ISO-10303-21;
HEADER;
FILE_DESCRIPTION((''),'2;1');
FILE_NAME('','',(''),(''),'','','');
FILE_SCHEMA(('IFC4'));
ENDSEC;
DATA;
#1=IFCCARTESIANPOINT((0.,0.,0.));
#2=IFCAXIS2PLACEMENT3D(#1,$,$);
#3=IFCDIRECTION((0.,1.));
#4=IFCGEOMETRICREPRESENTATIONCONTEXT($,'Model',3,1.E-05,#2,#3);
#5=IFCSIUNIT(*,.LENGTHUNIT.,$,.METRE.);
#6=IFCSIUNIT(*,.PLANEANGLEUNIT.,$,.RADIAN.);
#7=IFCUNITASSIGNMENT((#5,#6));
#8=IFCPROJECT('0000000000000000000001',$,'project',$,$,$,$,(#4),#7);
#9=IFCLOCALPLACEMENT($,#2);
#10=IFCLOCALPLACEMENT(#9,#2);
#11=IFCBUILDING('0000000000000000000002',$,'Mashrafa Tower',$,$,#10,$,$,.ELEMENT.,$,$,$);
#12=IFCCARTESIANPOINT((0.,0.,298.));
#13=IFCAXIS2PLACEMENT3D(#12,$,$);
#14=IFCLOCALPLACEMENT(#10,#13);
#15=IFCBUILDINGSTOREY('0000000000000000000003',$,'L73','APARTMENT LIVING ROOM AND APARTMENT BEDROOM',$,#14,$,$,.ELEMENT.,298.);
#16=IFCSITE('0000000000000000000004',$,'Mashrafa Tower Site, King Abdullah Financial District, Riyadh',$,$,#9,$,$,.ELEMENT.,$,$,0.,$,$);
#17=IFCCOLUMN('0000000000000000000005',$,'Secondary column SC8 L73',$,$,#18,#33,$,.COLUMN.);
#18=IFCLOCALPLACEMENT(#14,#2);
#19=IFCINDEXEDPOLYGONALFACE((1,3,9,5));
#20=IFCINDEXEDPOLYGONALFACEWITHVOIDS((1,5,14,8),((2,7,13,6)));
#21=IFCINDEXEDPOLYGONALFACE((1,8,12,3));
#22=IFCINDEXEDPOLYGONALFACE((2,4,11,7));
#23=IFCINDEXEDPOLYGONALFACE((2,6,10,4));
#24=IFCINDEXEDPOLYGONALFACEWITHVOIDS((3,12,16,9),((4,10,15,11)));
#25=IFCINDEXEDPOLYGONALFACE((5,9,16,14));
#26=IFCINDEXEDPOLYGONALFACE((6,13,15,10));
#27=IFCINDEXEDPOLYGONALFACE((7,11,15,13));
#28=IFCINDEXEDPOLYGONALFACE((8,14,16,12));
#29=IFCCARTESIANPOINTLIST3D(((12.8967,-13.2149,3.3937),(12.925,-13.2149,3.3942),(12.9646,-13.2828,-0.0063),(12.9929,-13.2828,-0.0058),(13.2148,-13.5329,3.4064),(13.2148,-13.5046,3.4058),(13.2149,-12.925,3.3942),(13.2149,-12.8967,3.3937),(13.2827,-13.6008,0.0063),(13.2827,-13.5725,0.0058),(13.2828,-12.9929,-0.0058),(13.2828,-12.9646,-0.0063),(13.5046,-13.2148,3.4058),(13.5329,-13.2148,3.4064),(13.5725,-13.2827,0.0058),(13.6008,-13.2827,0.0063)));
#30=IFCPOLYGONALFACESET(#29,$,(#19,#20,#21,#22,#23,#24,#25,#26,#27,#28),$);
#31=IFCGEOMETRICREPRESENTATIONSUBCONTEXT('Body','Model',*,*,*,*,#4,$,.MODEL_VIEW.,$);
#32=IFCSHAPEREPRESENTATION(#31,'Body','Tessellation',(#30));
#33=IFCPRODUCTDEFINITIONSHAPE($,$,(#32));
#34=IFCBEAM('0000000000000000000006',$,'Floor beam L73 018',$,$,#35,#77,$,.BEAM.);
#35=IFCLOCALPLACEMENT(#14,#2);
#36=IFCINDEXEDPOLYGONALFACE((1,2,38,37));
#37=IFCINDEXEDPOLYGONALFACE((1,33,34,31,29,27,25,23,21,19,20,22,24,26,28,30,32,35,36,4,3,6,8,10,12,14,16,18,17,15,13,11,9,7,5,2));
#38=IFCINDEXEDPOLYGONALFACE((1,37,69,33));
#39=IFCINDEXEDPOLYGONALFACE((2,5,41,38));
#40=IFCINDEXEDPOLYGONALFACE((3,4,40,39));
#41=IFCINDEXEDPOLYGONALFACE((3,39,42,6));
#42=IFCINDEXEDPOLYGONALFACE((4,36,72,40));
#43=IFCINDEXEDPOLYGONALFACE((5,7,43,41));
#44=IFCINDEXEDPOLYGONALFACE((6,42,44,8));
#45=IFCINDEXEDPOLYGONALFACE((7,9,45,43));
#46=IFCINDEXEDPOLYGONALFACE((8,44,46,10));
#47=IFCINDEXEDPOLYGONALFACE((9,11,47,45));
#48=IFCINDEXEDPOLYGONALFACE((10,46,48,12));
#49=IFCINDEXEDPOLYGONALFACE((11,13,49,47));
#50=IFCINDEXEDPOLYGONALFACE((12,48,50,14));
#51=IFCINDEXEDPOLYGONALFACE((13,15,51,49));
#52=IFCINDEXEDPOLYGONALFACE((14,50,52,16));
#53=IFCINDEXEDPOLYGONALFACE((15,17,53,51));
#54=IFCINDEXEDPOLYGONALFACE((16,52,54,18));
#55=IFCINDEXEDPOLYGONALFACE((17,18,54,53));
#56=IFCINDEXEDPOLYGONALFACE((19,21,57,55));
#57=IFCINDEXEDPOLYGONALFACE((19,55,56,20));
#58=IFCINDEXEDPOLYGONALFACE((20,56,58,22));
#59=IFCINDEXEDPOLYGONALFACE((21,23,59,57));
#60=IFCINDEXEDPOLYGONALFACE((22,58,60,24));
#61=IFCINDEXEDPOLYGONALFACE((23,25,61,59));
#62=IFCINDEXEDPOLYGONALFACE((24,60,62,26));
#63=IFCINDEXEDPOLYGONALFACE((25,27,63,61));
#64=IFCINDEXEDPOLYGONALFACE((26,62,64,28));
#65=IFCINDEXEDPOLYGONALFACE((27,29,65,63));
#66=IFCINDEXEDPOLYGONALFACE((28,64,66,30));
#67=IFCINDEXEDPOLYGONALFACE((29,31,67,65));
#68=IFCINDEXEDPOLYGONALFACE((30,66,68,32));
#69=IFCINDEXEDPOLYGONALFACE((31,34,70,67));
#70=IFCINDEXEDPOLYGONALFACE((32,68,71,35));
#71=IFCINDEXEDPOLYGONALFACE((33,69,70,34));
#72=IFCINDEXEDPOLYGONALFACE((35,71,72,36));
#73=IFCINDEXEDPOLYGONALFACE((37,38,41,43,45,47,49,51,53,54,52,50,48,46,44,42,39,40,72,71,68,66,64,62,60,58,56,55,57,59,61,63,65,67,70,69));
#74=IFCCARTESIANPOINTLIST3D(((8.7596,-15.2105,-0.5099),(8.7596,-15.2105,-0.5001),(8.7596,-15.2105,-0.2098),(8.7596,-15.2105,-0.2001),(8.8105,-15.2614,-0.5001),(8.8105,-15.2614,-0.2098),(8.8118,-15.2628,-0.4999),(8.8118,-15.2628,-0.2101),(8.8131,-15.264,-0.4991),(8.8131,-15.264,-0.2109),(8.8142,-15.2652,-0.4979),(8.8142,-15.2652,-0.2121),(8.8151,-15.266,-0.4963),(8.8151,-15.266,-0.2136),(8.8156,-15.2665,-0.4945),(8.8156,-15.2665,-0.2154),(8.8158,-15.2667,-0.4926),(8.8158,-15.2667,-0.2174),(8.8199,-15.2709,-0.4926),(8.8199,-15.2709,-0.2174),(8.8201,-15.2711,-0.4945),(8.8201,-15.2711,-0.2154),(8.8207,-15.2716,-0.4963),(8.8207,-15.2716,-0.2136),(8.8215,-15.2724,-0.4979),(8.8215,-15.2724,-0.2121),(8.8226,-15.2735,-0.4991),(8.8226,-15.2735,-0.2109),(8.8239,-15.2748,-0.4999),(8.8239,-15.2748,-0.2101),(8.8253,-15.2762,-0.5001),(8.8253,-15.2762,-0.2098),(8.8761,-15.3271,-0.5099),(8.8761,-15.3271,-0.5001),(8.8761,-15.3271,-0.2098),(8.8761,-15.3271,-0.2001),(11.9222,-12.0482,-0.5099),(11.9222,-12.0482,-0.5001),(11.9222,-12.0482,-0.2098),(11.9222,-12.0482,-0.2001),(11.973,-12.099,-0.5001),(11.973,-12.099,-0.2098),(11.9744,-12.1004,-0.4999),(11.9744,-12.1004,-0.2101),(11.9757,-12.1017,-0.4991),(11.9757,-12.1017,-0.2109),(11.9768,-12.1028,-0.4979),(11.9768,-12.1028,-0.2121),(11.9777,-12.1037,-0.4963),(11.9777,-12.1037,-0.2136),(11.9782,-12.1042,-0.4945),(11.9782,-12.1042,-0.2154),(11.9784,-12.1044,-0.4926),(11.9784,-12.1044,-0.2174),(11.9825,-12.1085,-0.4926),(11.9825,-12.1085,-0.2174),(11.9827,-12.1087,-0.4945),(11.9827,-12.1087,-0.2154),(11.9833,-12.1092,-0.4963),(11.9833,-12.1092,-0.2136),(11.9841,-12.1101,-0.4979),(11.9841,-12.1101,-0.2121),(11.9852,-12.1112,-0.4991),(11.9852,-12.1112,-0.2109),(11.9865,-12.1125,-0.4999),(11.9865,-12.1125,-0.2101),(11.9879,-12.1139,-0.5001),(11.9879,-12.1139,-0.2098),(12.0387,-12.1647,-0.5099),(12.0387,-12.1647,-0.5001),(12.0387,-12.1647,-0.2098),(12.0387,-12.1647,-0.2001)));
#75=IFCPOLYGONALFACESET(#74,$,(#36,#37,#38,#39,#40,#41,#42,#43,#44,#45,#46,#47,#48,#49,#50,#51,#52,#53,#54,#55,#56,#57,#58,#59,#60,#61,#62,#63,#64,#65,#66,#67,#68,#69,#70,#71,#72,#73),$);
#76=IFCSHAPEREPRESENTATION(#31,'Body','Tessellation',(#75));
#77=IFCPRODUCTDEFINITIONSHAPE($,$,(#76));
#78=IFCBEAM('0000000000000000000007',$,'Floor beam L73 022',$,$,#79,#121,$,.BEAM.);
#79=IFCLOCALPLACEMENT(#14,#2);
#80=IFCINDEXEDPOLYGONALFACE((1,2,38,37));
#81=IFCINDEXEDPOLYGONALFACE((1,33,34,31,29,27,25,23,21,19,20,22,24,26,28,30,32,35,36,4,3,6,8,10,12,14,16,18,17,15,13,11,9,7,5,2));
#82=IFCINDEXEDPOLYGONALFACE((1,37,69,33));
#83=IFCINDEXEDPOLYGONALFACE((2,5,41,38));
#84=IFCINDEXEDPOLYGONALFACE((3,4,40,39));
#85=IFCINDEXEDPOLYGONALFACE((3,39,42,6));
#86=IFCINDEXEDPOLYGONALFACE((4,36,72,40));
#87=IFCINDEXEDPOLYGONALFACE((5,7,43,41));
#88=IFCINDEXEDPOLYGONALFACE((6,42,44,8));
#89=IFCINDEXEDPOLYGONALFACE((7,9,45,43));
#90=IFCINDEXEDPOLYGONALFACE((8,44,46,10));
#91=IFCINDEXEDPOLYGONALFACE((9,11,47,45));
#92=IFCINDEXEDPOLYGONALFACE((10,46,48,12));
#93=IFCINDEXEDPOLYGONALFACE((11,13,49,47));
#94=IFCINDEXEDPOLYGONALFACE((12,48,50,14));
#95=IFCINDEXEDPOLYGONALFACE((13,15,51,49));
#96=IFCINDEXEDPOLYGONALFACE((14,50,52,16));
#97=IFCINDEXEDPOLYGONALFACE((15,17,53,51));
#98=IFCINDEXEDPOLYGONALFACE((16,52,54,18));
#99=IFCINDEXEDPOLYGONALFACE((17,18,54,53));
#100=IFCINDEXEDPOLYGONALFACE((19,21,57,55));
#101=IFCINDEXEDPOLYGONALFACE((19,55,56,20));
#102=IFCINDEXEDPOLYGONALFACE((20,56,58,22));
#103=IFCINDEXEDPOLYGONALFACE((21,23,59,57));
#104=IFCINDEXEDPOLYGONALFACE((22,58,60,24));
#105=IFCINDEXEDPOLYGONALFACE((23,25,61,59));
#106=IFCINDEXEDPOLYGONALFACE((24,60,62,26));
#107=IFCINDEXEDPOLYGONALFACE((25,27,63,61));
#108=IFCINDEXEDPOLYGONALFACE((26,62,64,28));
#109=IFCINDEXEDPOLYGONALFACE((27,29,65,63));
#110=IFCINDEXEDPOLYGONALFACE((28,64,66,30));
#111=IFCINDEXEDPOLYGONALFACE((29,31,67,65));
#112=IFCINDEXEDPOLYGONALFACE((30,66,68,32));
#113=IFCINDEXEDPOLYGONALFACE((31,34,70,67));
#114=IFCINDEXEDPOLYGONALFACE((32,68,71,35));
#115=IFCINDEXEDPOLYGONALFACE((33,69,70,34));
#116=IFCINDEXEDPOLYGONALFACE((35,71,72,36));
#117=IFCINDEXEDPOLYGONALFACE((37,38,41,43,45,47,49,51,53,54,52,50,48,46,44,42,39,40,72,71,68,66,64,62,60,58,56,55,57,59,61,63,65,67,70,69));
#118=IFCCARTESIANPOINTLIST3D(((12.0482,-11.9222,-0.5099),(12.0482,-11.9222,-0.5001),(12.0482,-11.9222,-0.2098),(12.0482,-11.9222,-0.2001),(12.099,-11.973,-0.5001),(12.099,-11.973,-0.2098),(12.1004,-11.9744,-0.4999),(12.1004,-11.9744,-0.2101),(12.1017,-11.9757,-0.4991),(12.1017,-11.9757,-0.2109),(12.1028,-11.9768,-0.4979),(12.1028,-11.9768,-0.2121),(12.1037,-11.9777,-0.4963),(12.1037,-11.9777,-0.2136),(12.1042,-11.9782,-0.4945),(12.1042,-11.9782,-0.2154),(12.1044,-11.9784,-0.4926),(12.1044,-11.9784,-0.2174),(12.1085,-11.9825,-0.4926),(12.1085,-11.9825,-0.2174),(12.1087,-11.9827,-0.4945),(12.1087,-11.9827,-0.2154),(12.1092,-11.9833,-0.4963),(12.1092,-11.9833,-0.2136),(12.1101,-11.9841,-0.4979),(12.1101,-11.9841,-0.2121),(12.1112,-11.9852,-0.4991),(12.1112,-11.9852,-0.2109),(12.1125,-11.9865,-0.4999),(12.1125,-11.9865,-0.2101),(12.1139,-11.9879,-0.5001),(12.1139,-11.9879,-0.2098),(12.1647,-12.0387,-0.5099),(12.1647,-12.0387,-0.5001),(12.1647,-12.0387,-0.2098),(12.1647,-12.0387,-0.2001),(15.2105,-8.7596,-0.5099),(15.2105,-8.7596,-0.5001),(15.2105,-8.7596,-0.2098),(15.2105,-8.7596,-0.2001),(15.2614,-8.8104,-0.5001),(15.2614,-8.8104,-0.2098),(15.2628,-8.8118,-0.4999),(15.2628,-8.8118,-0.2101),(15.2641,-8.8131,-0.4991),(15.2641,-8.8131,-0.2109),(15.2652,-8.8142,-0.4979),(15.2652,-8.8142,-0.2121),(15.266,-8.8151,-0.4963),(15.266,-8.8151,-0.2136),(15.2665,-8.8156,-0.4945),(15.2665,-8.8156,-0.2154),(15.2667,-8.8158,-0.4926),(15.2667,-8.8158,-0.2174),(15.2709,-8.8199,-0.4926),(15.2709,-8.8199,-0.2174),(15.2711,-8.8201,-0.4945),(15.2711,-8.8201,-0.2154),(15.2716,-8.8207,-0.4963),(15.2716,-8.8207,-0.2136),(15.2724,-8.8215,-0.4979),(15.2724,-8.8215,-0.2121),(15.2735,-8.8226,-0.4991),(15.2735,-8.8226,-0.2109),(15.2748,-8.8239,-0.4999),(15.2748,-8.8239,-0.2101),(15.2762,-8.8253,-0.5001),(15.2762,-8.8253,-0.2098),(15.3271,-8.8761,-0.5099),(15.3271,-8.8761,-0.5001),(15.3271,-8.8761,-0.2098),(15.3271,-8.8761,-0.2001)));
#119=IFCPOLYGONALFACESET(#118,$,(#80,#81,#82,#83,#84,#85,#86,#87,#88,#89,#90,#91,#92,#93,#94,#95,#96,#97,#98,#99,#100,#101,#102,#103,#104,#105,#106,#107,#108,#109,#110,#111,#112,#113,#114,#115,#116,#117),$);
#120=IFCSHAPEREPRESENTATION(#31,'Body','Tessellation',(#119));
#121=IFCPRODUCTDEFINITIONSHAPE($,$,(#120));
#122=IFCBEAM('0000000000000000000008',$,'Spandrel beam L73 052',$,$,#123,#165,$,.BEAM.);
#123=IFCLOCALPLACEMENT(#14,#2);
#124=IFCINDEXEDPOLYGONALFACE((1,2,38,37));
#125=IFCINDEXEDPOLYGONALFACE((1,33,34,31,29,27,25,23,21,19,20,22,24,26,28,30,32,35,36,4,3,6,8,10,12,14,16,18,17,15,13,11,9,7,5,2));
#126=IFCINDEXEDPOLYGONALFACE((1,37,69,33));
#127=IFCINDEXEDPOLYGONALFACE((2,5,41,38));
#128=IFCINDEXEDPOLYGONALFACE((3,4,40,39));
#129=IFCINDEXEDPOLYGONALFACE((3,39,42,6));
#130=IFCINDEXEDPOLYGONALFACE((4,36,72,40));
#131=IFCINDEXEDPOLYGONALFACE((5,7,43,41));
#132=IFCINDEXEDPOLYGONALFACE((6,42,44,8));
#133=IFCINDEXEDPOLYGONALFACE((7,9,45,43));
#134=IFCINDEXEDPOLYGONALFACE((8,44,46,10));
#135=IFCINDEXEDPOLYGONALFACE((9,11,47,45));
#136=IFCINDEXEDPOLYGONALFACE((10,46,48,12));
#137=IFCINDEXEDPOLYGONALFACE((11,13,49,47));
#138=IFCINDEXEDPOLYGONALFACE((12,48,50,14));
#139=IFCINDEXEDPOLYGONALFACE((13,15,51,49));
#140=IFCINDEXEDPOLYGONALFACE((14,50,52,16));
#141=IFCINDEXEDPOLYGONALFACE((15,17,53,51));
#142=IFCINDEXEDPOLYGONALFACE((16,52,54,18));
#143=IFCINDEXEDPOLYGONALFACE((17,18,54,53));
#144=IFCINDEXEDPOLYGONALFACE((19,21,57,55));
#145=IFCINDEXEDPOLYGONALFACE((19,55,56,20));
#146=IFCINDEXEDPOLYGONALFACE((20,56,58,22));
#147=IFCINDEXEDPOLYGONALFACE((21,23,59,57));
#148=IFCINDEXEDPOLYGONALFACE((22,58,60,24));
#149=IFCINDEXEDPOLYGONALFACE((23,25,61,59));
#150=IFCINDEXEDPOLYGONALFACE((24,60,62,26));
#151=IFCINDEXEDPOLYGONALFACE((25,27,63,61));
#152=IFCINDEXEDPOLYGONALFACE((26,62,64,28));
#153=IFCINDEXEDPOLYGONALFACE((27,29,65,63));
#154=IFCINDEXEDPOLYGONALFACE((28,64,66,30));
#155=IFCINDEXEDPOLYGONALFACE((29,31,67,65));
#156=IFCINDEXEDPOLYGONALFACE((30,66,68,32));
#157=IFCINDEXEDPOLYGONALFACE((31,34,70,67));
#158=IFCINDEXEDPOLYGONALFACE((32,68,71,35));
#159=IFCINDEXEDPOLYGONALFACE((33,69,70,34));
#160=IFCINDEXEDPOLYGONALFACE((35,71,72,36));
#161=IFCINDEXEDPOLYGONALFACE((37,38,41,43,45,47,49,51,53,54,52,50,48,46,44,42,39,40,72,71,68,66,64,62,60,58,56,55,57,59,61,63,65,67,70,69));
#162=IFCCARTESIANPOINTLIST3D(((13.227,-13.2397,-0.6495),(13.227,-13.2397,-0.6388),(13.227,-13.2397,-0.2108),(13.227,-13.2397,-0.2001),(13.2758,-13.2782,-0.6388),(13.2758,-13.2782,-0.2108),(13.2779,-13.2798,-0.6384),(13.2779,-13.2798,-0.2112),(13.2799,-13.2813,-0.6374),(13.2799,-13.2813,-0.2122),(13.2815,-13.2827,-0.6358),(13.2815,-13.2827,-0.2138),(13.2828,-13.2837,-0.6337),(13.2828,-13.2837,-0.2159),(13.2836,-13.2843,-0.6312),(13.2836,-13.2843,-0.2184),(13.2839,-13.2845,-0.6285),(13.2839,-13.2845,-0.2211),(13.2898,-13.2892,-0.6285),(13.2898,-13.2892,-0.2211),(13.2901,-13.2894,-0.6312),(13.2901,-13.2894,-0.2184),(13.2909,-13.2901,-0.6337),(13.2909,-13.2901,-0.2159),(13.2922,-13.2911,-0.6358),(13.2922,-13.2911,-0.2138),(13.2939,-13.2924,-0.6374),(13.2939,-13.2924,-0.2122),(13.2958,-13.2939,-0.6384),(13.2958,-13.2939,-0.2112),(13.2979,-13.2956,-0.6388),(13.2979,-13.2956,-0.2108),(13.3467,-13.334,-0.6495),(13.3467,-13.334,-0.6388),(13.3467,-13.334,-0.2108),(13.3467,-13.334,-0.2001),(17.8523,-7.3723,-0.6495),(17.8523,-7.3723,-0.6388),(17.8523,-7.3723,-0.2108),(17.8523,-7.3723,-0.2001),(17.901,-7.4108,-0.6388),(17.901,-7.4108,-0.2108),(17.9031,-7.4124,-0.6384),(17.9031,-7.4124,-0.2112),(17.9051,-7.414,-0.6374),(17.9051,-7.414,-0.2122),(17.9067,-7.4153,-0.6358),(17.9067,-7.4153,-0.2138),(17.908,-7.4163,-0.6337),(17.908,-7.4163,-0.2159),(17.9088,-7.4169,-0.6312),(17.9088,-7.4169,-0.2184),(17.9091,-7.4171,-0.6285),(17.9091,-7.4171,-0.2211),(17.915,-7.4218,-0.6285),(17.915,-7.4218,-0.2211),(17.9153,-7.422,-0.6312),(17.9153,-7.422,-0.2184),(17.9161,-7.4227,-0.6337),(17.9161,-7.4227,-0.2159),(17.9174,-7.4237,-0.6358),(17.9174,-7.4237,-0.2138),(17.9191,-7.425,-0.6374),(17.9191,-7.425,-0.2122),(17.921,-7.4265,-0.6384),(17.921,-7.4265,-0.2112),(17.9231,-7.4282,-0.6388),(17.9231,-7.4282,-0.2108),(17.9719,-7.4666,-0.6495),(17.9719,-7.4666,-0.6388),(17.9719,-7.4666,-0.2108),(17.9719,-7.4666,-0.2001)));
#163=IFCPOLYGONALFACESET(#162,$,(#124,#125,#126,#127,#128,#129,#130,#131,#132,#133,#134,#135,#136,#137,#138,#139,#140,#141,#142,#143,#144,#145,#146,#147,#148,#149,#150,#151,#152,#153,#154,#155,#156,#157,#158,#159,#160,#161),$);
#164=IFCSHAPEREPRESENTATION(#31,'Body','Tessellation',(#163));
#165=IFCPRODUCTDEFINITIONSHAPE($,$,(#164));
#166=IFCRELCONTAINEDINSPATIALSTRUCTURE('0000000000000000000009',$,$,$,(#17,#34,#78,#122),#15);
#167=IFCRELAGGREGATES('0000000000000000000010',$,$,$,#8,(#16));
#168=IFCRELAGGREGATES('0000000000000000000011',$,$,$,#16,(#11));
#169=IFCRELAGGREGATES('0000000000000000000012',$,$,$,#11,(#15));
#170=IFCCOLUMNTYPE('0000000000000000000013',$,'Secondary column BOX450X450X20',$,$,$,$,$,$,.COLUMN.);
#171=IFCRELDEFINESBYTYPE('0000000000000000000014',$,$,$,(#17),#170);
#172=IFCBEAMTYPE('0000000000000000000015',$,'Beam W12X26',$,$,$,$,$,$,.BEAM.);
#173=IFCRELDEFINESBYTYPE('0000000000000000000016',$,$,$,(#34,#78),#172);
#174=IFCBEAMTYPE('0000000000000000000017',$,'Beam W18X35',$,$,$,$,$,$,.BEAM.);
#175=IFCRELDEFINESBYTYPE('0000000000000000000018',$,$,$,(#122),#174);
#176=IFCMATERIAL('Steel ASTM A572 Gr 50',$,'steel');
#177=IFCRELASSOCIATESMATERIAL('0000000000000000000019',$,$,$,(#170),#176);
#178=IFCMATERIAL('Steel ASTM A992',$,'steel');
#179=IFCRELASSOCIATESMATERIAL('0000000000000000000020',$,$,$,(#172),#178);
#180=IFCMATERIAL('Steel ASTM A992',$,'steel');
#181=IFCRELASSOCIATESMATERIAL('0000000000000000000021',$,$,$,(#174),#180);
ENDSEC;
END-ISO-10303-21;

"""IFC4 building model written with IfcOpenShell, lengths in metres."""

from ifc_helpers import new_model, si_unit, direction, frame, origin, origin_2d, place, context, subcontext, project, spatial, hollow_rectangle, i_section, extrude, material, material_profile, profile_set, type_object, element, save


model = new_model("IFC4")

# Units and contexts
model_context = context("Model", 3, precision=1e-05, world=origin(), true_north=direction((0.0, 1.0)))
body_context = subcontext(model_context, "Body", "Model", "MODEL_VIEW")
ifc_project = project(units=[si_unit("LENGTHUNIT", "METRE"), si_unit("PLANEANGLEUNIT", "RADIAN")], contexts=[model_context])

# Site, building, storey
site_placement = place(None, origin())
site = spatial("IfcSite", under=ifc_project, at=site_placement, Name="Mashrafa Tower Site, King Abdullah Financial District, Riyadh", CompositionType="ELEMENT", RefElevation=0.0)
building_placement = place(site_placement, origin())
building = spatial("IfcBuilding", under=site, at=building_placement, Name="Mashrafa Tower", CompositionType="ELEMENT")
storey_placement = place(building_placement, frame((0.0, 0.0, 298.0)))
storey = spatial("IfcBuildingStorey", under=building, at=storey_placement, Name="L73", Description="APARTMENT LIVING ROOM AND APARTMENT BEDROOM", CompositionType="ELEMENT", Elevation=298.0)

# Column
ifc_material_1 = material(Name="Steel ASTM A572 Gr 50", Category="steel")
ifc_material_profile_1 = material_profile(ifc_material_1, hollow_rectangle(XDim=0.45, YDim=0.45, WallThickness=0.02, at=origin_2d()), Name="BOX450X450X20")
ifc_profile_set_1 = profile_set([ifc_material_profile_1], Name="Steel ASTM A572 Gr 50")
column_type = type_object("IfcColumnType", Name="Secondary column BOX450X450X20", PredefinedType="COLUMN", material=ifc_profile_set_1)
column_placement = place(storey_placement, frame((13.2827, -13.2827, 0.0), z_axis=(-0.019955, 0.019955, 0.999602), x_axis=(-0.707107, -0.707107, 0.0)))
element("IfcColumn", 1, at=column_placement, inside=storey, type_object=column_type, Name="Secondary column SC8 L73", PredefinedType="COLUMN", context=body_context, shape_type="SweptSolid", body=[
    extrude(hollow_rectangle(XDim=0.45, YDim=0.45, WallThickness=0.02, at=origin_2d()), origin(), (0.0, 0.0, 1.0), 3.4014),
])

# Beams
ifc_material_2 = material(Name="Steel ASTM A992", Category="steel")
ifc_material_profile_2 = material_profile(ifc_material_2, i_section(OverallWidth=0.1648, OverallDepth=0.3098, WebThickness=0.0059, FlangeThickness=0.0098, FilletRadius=0.0076, at=origin_2d()), Name="W12X26")
ifc_profile_set_2 = profile_set([ifc_material_profile_2], Name="Steel ASTM A992")
beam_type_1 = type_object("IfcBeamType", Name="Beam W12X26", PredefinedType="BEAM", material=ifc_profile_set_2)
for number, where, z_axis, x_axis, name in (
    (2, (11.9805, -12.1064, -0.355), (-0.707134, -0.707079, 0.0), (0.707079, -0.707134, 0.0), "Floor beam L73 018"),
    (3, (15.2688, -8.8179, -0.355), (-0.707079, -0.707134, 0.0), (0.707134, -0.707079, 0.0), "Floor beam L73 022"),
):
    element("IfcBeam", number, at=place(storey_placement, frame(where, z_axis=z_axis, x_axis=x_axis)), inside=storey, type_object=beam_type_1, Name=name, PredefinedType="BEAM", context=body_context, shape_type="SweptSolid", body=[
        extrude(i_section(OverallWidth=0.1648, OverallDepth=0.3098, WebThickness=0.0059, FlangeThickness=0.0098, FilletRadius=0.0076, at=origin_2d()), origin(), (0.0, 0.0, 1.0), 4.4724),
    ])
ifc_material_3 = material(Name="Steel ASTM A992", Category="steel")
ifc_material_profile_3 = material_profile(ifc_material_3, i_section(OverallWidth=0.1523, OverallDepth=0.4495, WebThickness=0.0076, FlangeThickness=0.0107, FilletRadius=0.0103, at=origin_2d()), Name="W18X35")
ifc_profile_set_3 = profile_set([ifc_material_profile_3], Name="Steel ASTM A992")
beam_type_2 = type_object("IfcBeamType", Name="Beam W18X35", PredefinedType="BEAM", material=ifc_profile_set_3)
beam_1_placement = place(storey_placement, frame((13.2869, -13.2869, -0.4248), z_axis=(0.619072, 0.785334, 0.0), x_axis=(-0.785334, 0.619072, 0.0)))
element("IfcBeam", 4, at=beam_1_placement, inside=storey, type_object=beam_type_2, Name="Spandrel beam L73 052", PredefinedType="BEAM", context=body_context, shape_type="SweptSolid", body=[
    extrude(i_section(OverallWidth=0.1523, OverallDepth=0.4495, WebThickness=0.0076, FlangeThickness=0.0107, FilletRadius=0.0103, at=origin_2d()), origin(), (0.0, 0.0, 1.0), 7.4712),
])

save(model, "model.ifc")
